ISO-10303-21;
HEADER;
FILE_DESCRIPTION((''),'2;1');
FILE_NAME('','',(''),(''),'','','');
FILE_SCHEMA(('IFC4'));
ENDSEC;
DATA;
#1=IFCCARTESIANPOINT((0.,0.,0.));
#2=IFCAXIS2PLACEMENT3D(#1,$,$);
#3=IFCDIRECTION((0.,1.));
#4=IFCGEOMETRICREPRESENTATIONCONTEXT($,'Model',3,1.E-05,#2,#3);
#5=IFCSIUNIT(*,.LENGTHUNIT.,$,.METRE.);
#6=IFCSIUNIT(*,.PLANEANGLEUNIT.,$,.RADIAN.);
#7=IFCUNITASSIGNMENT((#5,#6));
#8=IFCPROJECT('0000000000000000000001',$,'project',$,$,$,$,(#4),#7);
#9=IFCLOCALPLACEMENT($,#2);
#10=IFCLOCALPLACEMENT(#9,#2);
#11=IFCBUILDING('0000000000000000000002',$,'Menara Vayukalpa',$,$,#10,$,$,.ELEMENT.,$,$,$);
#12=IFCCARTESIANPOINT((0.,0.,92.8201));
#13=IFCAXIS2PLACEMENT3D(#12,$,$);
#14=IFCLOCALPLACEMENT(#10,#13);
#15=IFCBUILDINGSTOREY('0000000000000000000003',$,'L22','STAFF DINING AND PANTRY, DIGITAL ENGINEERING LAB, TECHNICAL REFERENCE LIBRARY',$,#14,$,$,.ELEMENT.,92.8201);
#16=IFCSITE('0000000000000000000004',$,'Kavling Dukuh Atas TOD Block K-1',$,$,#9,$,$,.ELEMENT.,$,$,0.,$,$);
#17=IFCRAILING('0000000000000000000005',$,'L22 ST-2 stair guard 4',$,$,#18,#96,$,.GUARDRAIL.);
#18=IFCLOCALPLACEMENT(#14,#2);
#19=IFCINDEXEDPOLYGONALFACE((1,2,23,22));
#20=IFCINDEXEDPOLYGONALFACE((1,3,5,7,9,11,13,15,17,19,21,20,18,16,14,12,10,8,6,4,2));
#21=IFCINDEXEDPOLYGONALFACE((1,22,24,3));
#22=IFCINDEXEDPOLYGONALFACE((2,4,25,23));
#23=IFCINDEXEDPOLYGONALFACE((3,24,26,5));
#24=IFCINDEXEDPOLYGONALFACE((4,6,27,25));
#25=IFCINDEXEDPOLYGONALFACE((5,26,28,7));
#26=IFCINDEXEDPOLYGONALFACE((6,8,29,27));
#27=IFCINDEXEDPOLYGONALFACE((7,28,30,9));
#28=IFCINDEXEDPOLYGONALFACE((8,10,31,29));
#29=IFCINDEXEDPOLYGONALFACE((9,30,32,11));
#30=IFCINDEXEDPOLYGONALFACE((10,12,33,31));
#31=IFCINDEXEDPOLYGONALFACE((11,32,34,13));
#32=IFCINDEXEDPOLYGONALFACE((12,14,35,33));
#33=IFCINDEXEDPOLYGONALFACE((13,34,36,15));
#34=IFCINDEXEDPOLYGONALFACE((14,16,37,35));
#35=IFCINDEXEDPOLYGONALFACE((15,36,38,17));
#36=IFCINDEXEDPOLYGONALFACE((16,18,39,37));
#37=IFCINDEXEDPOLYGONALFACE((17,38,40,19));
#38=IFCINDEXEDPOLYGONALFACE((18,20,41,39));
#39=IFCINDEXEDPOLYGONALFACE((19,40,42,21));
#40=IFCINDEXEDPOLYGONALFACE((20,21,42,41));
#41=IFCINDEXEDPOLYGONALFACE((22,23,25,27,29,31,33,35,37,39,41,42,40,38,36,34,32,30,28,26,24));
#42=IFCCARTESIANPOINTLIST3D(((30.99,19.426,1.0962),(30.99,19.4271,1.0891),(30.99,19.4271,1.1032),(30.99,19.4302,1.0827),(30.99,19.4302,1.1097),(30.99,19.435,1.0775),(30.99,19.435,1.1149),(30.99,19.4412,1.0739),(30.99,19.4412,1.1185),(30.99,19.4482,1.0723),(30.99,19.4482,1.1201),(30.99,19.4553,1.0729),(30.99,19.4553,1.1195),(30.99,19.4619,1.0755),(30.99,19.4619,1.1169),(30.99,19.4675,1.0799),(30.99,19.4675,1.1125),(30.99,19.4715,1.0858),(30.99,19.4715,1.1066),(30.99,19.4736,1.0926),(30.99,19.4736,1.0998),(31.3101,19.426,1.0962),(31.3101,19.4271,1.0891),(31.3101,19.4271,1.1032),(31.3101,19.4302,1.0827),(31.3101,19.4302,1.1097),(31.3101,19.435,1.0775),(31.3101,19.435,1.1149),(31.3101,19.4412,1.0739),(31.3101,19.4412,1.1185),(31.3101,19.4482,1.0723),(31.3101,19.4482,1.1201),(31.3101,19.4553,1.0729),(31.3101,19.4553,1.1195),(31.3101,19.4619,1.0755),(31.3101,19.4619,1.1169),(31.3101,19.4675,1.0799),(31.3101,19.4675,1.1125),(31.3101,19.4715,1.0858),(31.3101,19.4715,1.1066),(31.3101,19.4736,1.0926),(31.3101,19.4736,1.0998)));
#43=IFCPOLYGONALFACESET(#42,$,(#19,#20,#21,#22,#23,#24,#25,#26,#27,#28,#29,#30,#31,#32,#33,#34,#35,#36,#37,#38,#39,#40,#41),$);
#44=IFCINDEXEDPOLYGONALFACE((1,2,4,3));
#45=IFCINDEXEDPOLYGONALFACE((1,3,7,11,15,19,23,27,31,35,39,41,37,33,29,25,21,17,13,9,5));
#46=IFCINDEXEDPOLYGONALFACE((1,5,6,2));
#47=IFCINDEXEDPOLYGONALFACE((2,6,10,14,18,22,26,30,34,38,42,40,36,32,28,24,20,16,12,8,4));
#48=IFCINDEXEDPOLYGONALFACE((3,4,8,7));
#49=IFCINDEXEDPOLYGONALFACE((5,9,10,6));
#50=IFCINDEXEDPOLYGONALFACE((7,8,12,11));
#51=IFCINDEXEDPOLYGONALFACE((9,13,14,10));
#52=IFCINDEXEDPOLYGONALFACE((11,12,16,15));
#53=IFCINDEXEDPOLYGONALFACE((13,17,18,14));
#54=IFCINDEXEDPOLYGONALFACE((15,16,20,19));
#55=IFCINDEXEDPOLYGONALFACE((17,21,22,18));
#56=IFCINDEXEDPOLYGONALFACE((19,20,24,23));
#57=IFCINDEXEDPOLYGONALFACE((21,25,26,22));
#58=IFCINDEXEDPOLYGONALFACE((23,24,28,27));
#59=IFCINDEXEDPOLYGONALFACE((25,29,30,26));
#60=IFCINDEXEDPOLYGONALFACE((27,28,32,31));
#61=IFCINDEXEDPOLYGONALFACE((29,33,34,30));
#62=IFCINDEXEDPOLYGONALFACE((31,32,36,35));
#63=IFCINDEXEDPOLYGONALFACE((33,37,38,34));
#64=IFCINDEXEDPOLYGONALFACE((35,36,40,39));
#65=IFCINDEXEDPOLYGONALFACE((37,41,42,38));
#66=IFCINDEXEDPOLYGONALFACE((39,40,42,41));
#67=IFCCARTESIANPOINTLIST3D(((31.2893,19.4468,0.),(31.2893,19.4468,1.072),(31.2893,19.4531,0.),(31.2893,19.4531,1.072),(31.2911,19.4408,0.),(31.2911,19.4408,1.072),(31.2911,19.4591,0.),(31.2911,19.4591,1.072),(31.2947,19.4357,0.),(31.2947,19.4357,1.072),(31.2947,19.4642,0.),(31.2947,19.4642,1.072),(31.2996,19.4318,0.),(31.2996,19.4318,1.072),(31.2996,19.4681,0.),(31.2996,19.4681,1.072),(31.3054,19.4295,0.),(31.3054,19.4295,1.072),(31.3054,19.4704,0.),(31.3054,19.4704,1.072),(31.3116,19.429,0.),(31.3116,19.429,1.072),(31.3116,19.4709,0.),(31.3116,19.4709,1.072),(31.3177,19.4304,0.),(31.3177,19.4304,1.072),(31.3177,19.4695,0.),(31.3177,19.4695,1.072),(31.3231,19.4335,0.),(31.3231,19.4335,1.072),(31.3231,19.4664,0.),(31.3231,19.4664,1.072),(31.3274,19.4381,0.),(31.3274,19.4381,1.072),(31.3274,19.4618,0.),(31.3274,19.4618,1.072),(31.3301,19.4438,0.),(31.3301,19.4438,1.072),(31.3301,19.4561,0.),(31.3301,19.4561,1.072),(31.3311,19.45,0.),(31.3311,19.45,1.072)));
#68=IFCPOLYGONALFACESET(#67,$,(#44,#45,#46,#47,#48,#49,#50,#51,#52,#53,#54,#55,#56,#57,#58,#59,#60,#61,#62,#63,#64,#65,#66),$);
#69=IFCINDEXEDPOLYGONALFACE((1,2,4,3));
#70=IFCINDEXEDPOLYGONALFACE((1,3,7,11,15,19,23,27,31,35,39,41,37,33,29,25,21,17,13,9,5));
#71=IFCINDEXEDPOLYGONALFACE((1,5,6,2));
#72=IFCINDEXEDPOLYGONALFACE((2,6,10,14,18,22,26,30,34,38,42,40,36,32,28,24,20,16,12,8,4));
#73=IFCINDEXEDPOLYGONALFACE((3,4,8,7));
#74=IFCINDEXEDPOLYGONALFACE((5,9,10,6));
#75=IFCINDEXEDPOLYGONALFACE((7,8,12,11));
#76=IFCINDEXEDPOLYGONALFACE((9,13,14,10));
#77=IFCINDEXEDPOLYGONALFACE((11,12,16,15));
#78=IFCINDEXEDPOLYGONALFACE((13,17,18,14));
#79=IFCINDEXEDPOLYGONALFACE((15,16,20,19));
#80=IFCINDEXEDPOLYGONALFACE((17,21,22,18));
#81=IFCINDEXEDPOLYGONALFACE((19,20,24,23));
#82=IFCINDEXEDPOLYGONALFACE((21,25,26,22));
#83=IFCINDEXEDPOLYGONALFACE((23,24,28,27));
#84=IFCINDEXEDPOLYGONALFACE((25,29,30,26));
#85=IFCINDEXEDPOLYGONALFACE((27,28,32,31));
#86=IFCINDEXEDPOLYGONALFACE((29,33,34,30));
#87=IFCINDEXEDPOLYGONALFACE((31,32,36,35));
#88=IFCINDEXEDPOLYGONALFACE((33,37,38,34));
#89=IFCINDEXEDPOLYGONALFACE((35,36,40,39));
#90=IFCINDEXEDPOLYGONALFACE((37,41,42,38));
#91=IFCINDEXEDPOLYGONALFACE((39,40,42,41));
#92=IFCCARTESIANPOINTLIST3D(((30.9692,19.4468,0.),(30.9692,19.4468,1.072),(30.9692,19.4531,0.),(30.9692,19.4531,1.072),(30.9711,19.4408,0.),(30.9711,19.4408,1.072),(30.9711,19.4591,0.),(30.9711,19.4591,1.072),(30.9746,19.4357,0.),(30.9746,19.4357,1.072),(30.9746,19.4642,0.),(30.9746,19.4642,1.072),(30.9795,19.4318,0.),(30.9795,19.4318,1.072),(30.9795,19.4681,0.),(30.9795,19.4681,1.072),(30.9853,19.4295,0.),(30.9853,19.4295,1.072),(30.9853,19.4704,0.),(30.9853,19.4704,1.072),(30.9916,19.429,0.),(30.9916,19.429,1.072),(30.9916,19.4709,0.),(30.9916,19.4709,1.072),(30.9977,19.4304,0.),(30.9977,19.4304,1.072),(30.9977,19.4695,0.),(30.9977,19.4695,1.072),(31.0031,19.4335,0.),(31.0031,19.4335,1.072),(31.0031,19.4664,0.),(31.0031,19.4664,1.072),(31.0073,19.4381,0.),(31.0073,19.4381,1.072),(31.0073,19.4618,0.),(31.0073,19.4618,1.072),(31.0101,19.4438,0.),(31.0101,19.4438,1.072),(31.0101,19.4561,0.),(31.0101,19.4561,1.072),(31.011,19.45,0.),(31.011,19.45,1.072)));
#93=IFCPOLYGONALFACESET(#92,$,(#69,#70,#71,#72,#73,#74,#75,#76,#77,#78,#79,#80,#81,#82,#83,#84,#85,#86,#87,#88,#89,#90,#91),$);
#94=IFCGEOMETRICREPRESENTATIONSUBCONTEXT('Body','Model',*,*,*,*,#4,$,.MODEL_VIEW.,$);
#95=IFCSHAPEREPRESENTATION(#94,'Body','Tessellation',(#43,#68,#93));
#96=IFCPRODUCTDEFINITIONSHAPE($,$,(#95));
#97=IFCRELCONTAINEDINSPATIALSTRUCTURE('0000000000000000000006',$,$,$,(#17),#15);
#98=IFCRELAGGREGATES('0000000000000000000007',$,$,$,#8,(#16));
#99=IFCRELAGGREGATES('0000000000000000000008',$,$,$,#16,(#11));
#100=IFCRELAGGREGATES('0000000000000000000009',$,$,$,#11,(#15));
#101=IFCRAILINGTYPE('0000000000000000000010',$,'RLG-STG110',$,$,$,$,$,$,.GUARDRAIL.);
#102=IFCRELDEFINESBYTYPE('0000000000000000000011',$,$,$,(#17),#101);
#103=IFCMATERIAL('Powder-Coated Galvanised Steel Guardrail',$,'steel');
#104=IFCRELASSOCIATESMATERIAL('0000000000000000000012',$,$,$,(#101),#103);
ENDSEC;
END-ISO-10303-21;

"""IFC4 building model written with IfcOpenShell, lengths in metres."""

from ifc_helpers import new_model, si_unit, direction, frame, origin, origin_2d, place, context, subcontext, project, spatial, circle, extrude, material, type_object, element, save


model = new_model("IFC4")

# Units and contexts
model_context = context("Model", 3, precision=1e-05, world=origin(), true_north=direction((0.0, 1.0)))
body_context = subcontext(model_context, "Body", "Model", "MODEL_VIEW")
ifc_project = project(units=[si_unit("LENGTHUNIT", "METRE"), si_unit("PLANEANGLEUNIT", "RADIAN")], contexts=[model_context])

# Site, building, storey
site_placement = place(None, origin())
site = spatial("IfcSite", under=ifc_project, at=site_placement, Name="Kavling Dukuh Atas TOD Block K-1", CompositionType="ELEMENT", RefElevation=0.0)
building_placement = place(site_placement, origin())
building = spatial("IfcBuilding", under=site, at=building_placement, Name="Menara Vayukalpa", CompositionType="ELEMENT")
storey_placement = place(building_placement, frame((0.0, 0.0, 92.8201)))
storey = spatial("IfcBuildingStorey", under=building, at=storey_placement, Name="L22", Description="STAFF DINING AND PANTRY, DIGITAL ENGINEERING LAB, TECHNICAL REFERENCE LIBRARY", CompositionType="ELEMENT", Elevation=92.8201)

# Railing
ifc_material_1 = material(Name="Powder-Coated Galvanised Steel Guardrail", Category="steel")
railing_type_1 = type_object("IfcRailingType", Name="RLG-STG110", PredefinedType="GUARDRAIL", material=ifc_material_1)
railing_1_placement = place(storey_placement, frame((31.3101, 19.45, 0.0)))
element("IfcRailing", 1, at=railing_1_placement, inside=storey, type_object=railing_type_1, Name="L22 ST-2 stair guard 4", PredefinedType="GUARDRAIL", context=body_context, shape_type="SweptSolid", body=[
    extrude(circle(Radius=0.0239, at=origin_2d()), frame((0.0, 0.0, 1.0962), z_axis=(-1.0, 0.0, 0.0), x_axis=(0.0, -1.0, 0.0)), (0.0, 0.0, 1.0), 0.3201),
    extrude(circle(Radius=0.021, at=origin_2d()), origin(), (0.0, 0.0, 1.0), 1.072),
    extrude(circle(Radius=0.021, at=origin_2d()), frame((-0.3201, 0.0, 0.0)), (0.0, 0.0, 1.0), 1.072),
])

save(model, "model.ifc")
